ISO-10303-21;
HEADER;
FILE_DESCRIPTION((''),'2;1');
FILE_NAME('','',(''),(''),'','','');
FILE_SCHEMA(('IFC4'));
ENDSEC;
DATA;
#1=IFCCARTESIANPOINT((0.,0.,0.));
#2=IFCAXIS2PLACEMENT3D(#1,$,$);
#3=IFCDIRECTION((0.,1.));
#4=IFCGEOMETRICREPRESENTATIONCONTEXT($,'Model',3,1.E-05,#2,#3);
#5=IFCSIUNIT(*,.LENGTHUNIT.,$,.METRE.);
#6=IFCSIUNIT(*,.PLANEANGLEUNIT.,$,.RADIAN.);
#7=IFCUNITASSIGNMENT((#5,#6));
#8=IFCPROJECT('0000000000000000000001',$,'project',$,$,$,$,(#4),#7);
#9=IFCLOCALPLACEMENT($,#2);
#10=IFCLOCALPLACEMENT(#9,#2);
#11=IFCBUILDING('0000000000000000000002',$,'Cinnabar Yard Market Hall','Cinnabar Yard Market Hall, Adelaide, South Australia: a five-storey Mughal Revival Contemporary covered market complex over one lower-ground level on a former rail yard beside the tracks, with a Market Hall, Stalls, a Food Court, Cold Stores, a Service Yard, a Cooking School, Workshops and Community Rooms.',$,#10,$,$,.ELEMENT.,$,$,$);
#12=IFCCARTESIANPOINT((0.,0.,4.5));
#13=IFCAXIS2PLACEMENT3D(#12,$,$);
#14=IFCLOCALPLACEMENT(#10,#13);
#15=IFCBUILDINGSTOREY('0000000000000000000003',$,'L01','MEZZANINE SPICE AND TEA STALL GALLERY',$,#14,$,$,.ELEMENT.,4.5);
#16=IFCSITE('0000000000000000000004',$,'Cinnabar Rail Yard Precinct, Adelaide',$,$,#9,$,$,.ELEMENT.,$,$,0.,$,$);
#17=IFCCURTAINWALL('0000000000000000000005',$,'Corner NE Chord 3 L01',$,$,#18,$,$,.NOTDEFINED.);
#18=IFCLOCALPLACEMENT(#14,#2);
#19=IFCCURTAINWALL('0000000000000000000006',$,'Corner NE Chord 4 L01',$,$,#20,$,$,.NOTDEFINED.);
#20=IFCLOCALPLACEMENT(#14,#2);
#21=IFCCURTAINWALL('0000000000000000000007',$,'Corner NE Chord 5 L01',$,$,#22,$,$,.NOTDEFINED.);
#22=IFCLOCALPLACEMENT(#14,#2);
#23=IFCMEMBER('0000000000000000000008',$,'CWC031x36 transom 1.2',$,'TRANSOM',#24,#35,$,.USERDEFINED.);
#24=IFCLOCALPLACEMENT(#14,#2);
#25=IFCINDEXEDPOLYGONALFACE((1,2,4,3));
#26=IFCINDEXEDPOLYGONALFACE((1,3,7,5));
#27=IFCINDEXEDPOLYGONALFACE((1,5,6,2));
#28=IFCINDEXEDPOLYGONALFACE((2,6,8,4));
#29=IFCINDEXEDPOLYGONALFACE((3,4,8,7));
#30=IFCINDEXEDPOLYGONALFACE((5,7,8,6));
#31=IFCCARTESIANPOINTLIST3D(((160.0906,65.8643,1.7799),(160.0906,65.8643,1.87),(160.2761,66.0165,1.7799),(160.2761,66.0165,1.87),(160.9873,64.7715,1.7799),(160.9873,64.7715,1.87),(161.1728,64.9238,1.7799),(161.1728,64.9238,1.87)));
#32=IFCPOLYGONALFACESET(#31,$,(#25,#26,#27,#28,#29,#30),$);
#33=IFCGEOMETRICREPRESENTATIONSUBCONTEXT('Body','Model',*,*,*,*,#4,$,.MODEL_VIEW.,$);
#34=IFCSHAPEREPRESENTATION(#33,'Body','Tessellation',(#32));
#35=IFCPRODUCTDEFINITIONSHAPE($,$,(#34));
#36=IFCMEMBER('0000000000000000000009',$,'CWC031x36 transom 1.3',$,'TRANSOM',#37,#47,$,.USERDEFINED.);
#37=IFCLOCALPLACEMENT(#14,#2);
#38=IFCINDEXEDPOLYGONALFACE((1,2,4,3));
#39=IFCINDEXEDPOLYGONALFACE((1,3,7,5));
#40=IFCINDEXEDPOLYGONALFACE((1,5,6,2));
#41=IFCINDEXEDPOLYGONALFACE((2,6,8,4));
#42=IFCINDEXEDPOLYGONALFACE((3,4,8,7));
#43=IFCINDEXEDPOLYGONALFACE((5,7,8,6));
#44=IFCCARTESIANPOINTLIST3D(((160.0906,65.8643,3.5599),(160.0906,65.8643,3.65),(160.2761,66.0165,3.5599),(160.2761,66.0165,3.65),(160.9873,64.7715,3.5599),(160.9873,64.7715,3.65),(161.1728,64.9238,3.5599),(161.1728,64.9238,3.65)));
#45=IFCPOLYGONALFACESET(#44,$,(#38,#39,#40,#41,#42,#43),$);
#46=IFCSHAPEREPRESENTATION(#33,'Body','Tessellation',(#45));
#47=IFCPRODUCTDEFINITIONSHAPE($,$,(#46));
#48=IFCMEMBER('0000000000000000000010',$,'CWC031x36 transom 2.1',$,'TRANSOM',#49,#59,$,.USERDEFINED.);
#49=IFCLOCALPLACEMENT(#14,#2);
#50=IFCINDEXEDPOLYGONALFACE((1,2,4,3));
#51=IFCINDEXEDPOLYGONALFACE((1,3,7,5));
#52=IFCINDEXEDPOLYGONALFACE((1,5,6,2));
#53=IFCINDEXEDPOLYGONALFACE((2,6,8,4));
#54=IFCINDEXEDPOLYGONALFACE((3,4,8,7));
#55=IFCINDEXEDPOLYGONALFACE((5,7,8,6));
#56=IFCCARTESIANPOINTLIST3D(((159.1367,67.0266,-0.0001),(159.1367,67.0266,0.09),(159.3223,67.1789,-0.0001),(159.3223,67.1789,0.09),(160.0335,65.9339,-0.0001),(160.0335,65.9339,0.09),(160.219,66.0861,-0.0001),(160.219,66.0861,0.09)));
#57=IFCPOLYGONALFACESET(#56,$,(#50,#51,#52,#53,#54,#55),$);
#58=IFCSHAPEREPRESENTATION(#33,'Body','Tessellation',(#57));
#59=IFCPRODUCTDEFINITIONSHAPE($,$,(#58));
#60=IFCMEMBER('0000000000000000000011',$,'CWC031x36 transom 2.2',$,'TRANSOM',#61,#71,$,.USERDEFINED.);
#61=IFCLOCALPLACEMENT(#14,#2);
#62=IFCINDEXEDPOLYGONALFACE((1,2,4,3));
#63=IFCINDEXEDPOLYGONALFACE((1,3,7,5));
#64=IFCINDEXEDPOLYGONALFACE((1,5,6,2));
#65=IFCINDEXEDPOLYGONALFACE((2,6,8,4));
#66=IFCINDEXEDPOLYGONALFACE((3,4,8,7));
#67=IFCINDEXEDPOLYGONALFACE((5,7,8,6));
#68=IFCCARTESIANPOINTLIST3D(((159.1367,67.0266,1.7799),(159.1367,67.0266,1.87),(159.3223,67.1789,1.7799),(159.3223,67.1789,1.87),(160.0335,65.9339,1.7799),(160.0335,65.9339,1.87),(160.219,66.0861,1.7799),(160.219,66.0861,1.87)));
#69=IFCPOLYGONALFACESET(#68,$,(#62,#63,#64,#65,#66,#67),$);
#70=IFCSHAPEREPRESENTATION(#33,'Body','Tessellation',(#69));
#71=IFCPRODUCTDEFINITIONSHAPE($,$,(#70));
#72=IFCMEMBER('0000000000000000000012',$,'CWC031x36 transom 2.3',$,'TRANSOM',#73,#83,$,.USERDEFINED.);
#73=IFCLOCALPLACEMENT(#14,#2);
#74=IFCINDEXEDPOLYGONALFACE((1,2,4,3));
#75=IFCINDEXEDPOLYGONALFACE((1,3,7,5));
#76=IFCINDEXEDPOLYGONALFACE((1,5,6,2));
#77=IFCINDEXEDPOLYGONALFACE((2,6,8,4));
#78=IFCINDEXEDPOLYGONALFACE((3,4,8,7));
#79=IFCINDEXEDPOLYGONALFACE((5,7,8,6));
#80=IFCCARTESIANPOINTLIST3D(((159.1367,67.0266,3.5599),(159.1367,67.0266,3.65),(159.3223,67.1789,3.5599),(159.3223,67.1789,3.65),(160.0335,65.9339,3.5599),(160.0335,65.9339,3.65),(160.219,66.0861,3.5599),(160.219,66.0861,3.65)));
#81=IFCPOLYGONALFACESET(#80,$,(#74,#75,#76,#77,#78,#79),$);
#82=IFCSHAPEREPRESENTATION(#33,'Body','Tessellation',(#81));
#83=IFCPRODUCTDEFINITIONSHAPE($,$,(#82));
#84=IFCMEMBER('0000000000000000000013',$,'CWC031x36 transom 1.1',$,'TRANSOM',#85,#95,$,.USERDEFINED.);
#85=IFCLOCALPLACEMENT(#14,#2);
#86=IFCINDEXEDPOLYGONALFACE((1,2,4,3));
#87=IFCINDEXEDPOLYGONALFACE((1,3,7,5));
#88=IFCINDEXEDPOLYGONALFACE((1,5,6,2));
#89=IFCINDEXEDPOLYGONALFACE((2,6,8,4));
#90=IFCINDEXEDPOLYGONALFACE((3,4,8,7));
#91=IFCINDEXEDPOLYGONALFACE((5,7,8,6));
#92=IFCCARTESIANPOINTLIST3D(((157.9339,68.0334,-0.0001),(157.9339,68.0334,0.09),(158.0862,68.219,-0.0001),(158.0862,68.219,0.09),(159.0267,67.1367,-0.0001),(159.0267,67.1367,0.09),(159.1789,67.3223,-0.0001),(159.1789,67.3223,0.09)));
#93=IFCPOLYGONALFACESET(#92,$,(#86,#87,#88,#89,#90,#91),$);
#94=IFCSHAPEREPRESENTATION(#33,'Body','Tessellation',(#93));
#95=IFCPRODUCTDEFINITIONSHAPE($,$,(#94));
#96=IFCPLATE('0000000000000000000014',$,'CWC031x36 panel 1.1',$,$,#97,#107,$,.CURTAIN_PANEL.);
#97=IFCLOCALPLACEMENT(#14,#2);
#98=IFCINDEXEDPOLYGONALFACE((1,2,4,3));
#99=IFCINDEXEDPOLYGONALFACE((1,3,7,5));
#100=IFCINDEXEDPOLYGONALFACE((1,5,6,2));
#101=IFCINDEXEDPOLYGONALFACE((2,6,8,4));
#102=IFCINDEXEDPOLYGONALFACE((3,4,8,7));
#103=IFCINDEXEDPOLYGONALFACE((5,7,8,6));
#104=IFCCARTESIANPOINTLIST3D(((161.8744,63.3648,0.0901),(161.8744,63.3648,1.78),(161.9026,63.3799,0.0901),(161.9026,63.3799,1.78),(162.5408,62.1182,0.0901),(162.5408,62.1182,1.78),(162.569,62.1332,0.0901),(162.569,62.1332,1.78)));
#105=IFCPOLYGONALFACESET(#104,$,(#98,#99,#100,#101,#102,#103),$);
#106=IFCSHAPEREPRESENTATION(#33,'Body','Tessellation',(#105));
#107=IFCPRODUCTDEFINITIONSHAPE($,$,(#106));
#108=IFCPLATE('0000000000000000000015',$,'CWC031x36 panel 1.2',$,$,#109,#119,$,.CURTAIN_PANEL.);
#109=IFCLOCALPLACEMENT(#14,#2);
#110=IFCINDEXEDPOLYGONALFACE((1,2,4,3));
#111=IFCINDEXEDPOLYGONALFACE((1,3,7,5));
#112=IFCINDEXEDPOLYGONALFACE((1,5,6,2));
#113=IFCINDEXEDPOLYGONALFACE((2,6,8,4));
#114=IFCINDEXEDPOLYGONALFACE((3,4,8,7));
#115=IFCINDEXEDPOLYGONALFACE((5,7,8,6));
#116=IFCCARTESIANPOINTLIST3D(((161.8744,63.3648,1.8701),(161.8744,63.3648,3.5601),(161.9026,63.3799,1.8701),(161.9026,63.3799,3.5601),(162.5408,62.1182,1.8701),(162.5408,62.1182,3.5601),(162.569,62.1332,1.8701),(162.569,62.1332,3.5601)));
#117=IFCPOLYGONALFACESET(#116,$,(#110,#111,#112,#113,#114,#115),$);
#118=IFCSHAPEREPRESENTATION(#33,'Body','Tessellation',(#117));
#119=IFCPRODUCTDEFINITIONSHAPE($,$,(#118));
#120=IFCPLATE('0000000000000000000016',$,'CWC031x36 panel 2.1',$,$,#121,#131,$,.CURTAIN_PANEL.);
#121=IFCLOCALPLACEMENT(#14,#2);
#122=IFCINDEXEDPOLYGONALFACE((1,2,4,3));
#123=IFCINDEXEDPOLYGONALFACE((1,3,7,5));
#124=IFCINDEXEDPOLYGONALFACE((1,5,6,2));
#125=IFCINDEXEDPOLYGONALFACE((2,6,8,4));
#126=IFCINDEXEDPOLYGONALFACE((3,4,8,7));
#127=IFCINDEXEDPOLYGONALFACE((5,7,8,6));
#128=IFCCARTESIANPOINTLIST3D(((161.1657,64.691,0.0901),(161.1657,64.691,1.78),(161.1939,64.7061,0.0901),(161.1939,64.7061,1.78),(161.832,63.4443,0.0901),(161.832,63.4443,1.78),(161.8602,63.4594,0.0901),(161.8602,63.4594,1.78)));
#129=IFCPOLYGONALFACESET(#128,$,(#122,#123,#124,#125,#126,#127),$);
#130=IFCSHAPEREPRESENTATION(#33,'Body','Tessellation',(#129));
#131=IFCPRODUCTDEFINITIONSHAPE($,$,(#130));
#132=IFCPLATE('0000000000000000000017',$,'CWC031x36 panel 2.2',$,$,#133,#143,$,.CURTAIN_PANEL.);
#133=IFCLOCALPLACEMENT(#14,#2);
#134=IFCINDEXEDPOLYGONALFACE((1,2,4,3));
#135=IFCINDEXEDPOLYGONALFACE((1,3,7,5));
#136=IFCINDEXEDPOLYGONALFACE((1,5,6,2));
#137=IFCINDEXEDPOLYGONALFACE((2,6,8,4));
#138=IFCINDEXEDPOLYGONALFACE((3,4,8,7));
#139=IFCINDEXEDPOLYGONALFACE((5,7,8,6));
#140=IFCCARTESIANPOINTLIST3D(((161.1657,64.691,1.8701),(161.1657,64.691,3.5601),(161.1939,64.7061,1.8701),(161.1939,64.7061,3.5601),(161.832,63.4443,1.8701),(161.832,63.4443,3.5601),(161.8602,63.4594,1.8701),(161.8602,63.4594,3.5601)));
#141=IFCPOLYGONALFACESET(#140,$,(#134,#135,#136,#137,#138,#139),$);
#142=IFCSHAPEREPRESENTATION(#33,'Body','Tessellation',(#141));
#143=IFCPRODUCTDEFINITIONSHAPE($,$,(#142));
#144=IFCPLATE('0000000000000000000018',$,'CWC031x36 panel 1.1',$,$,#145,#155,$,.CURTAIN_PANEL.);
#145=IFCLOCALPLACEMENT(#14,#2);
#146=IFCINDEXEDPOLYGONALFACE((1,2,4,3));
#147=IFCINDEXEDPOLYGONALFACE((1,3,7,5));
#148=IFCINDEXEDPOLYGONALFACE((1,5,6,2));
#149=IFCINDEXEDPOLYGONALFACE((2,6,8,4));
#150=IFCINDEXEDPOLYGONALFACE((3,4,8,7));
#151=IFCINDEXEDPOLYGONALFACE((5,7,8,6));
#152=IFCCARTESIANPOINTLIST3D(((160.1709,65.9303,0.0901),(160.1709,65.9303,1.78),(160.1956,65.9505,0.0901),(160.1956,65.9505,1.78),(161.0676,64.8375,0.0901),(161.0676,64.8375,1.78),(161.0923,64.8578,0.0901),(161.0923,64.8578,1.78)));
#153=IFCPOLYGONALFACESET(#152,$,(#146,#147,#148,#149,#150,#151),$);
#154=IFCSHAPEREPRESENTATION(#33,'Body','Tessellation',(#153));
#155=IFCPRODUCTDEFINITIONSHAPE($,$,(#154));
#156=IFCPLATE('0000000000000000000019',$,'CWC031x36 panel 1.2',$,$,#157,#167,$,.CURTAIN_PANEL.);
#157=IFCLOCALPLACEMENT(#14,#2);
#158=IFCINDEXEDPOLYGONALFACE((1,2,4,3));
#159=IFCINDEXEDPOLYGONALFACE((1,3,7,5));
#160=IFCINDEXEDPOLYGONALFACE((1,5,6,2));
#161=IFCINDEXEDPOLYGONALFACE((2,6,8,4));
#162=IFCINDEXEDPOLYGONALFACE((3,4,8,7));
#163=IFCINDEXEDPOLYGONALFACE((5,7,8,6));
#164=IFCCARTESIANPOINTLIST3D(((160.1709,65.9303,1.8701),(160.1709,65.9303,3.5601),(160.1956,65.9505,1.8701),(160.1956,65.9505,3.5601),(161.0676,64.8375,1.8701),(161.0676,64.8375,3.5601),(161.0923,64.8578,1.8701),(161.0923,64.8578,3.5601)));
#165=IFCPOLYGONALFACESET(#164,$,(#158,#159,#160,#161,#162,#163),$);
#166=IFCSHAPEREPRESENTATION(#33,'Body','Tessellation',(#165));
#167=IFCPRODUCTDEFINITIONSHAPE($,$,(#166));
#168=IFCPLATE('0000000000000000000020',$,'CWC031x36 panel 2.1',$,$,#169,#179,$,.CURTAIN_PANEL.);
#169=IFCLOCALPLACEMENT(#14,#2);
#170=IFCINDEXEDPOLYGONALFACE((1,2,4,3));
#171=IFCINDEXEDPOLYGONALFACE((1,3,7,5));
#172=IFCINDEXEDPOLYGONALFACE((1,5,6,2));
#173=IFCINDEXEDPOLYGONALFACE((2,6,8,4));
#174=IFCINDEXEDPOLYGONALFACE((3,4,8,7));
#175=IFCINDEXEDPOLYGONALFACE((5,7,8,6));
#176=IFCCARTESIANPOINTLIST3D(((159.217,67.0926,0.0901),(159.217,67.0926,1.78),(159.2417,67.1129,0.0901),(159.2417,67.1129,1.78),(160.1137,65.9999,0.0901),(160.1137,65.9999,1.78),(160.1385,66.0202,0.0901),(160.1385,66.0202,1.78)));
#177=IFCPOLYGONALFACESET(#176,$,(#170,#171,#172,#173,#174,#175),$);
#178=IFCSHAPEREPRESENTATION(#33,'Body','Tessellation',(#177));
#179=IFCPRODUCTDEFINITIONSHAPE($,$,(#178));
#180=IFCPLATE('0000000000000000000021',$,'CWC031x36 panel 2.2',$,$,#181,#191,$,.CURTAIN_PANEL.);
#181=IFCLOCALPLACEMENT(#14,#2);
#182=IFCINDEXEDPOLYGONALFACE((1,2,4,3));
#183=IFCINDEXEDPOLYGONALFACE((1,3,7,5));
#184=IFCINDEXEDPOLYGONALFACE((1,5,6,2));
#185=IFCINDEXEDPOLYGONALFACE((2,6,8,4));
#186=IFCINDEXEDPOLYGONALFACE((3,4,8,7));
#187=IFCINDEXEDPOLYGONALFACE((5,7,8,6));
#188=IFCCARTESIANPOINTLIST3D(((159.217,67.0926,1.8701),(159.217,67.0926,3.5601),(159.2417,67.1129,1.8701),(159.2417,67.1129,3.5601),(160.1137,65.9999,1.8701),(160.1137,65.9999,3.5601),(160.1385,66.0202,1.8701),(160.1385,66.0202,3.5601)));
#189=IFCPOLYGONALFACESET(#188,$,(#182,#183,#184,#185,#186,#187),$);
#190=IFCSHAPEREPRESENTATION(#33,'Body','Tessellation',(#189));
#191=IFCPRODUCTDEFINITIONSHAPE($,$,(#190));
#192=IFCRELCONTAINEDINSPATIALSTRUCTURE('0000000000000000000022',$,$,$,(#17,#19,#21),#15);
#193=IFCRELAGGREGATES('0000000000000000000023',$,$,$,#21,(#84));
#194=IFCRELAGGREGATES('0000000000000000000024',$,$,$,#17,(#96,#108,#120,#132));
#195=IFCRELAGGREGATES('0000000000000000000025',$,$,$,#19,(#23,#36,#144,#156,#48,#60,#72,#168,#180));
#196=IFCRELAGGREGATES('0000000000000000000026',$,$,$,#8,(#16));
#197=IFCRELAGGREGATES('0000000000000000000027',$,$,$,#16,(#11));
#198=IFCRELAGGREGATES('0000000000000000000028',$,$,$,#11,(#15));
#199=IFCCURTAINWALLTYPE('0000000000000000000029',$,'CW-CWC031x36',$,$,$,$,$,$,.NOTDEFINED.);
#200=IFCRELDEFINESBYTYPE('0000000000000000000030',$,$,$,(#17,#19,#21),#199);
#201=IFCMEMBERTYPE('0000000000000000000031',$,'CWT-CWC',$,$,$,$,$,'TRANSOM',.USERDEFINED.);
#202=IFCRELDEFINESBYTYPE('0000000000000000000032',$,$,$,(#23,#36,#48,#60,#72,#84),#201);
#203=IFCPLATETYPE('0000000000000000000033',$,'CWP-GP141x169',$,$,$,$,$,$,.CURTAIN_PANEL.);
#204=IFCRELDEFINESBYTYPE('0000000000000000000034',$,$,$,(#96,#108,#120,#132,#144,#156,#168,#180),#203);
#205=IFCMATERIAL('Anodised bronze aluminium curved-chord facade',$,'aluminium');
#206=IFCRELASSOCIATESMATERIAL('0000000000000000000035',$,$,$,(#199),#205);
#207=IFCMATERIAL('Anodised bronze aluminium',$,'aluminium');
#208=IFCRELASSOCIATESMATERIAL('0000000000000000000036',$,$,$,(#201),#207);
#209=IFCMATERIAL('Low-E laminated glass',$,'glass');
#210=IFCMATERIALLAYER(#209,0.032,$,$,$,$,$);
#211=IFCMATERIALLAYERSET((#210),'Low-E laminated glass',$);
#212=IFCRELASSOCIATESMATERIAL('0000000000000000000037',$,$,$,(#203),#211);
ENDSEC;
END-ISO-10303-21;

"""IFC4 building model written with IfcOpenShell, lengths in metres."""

from ifc_helpers import new_model, si_unit, direction, frame, origin, origin_2d_with_axis, place, context, subcontext, project, spatial, rectangle, extrude, material, layer, layer_set, material_profile, profile_set, type_object, element, aggregate, save


model = new_model("IFC4")

# Units and contexts
model_context = context("Model", 3, precision=1e-05, world=origin(), true_north=direction((0.0, 1.0)))
body_context = subcontext(model_context, "Body", "Model", "MODEL_VIEW")
ifc_project = project(units=[si_unit("LENGTHUNIT", "METRE"), si_unit("PLANEANGLEUNIT", "RADIAN")], contexts=[model_context])

# Site, building, storey
site_placement = place(None, origin())
site = spatial("IfcSite", under=ifc_project, at=site_placement, Name="Cinnabar Rail Yard Precinct, Adelaide", CompositionType="ELEMENT", RefElevation=0.0)
building_placement = place(site_placement, origin())
building = spatial("IfcBuilding", under=site, at=building_placement, Name="Cinnabar Yard Market Hall", Description="Cinnabar Yard Market Hall, Adelaide, South Australia: a five-storey Mughal Revival Contemporary covered market complex over one lower-ground level on a former rail yard beside the tracks, with a Market Hall, Stalls, a Food Court, Cold Stores, a Service Yard, a Cooking School, Workshops and Community Rooms.", CompositionType="ELEMENT")
storey_placement = place(building_placement, frame((0.0, 0.0, 4.5)))
storey = spatial("IfcBuildingStorey", under=building, at=storey_placement, Name="L01", Description="MEZZANINE SPICE AND TEA STALL GALLERY", CompositionType="ELEMENT", Elevation=4.5)

# Curtain walls
ifc_material_1 = material(Name="Anodised bronze aluminium curved-chord facade", Category="aluminium")
curtain_wall_type = type_object("IfcCurtainWallType", Name="CW-CWC031x36", PredefinedType="NOTDEFINED", material=ifc_material_1)
curtain_wall_1_placement = place(storey_placement, origin())
curtain_wall_1 = element("IfcCurtainWall", 1, at=curtain_wall_1_placement, inside=storey, type_object=curtain_wall_type, Name="Corner NE Chord 3 L01", PredefinedType="NOTDEFINED")
ifc_material_2 = material(Name="Anodised bronze aluminium", Category="aluminium")
curtain_wall_2_placement = place(storey_placement, origin())
curtain_wall_2 = element("IfcCurtainWall", 2, at=curtain_wall_2_placement, inside=storey, type_object=curtain_wall_type, Name="Corner NE Chord 4 L01", PredefinedType="NOTDEFINED")

# Curtain wall
curtain_wall_3_placement = place(storey_placement, origin())
curtain_wall_3 = element("IfcCurtainWall", 3, at=curtain_wall_3_placement, inside=storey, type_object=curtain_wall_type, Name="Corner NE Chord 5 L01", PredefinedType="NOTDEFINED")

# Members
ifc_material_profile_1 = material_profile(ifc_material_2, rectangle(XDim=0.24, YDim=0.0901, at=origin_2d_with_axis()), Name="TRN-CWC")
ifc_profile_set_1 = profile_set([ifc_material_profile_1], Name="Anodised bronze aluminium")
member_type_1 = type_object("IfcMemberType", Name="CWT-CWC", ElementType="TRANSOM", PredefinedType="USERDEFINED", material=ifc_profile_set_1)
member_1_placement = place(storey_placement, frame((161.0801, 64.8477, 1.825), z_axis=(-0.634356, 0.773041, 0.0), x_axis=(-0.773041, -0.634356, 0.0)))
member_1 = element("IfcMember", 4, at=member_1_placement, type_object=member_type_1, Name="CWC031x36 transom 1.2", ObjectType="TRANSOM", PredefinedType="USERDEFINED", context=body_context, shape_type="SweptSolid", body=[
    extrude(rectangle(XDim=0.24, YDim=0.0901, at=origin_2d_with_axis()), origin(), (0.0, 0.0, 1.0), 1.4136),
])
member_2_placement = place(storey_placement, frame((161.0801, 64.8477, 3.605), z_axis=(-0.634356, 0.773041, 0.0), x_axis=(-0.773041, -0.634356, 0.0)))
member_2 = element("IfcMember", 5, at=member_2_placement, type_object=member_type_1, Name="CWC031x36 transom 1.3", ObjectType="TRANSOM", PredefinedType="USERDEFINED", context=body_context, shape_type="SweptSolid", body=[
    extrude(rectangle(XDim=0.24, YDim=0.0901, at=origin_2d_with_axis()), origin(), (0.0, 0.0, 1.0), 1.4136),
])
member_3_placement = place(storey_placement, frame((160.1262, 66.01, 0.0449), z_axis=(-0.634356, 0.773041, 0.0), x_axis=(-0.773041, -0.634356, 0.0)))
member_3 = element("IfcMember", 6, at=member_3_placement, type_object=member_type_1, Name="CWC031x36 transom 2.1", ObjectType="TRANSOM", PredefinedType="USERDEFINED", context=body_context, shape_type="SweptSolid", body=[
    extrude(rectangle(XDim=0.24, YDim=0.0901, at=origin_2d_with_axis()), origin(), (0.0, 0.0, 1.0), 1.4136),
])
member_4_placement = place(storey_placement, frame((160.1262, 66.01, 1.825), z_axis=(-0.634356, 0.773041, 0.0), x_axis=(-0.773041, -0.634356, 0.0)))
member_4 = element("IfcMember", 7, at=member_4_placement, type_object=member_type_1, Name="CWC031x36 transom 2.2", ObjectType="TRANSOM", PredefinedType="USERDEFINED", context=body_context, shape_type="SweptSolid", body=[
    extrude(rectangle(XDim=0.24, YDim=0.0901, at=origin_2d_with_axis()), origin(), (0.0, 0.0, 1.0), 1.4136),
])
member_5_placement = place(storey_placement, frame((160.1262, 66.01, 3.605), z_axis=(-0.634356, 0.773041, 0.0), x_axis=(-0.773041, -0.634356, 0.0)))
member_5 = element("IfcMember", 8, at=member_5_placement, type_object=member_type_1, Name="CWC031x36 transom 2.3", ObjectType="TRANSOM", PredefinedType="USERDEFINED", context=body_context, shape_type="SweptSolid", body=[
    extrude(rectangle(XDim=0.24, YDim=0.0901, at=origin_2d_with_axis()), origin(), (0.0, 0.0, 1.0), 1.4136),
])
member_6_placement = place(storey_placement, frame((159.1028, 67.2295, 0.0449), z_axis=(-0.773041, 0.634356, 0.0), x_axis=(-0.634356, -0.773041, 0.0)))
member_6 = element("IfcMember", 9, at=member_6_placement, type_object=member_type_1, Name="CWC031x36 transom 1.1", ObjectType="TRANSOM", PredefinedType="USERDEFINED", context=body_context, shape_type="SweptSolid", body=[
    extrude(rectangle(XDim=0.24, YDim=0.0901, at=origin_2d_with_axis()), origin(), (0.0, 0.0, 1.0), 1.4136),
])
aggregate(curtain_wall_3, [member_6])

# Plates
ifc_material_3 = material(Name="Low-E laminated glass", Category="glass")
ifc_layer_1 = layer(ifc_material_3, 0.032)
ifc_layer_set_1 = layer_set([ifc_layer_1], Name="Low-E laminated glass")
plate_type = type_object("IfcPlateType", Name="CWP-GP141x169", PredefinedType="CURTAIN_PANEL", material=ifc_layer_set_1)
plate_1_placement = place(storey_placement, frame((162.2217, 62.749, 0.0901), z_axis=(0.0, 0.0, 1.0), x_axis=(-0.471404, 0.881917, 0.0)))
plate_1 = element("IfcPlate", 10, at=plate_1_placement, type_object=plate_type, Name="CWC031x36 panel 1.1", PredefinedType="CURTAIN_PANEL", context=body_context, shape_type="SweptSolid", body=[
    extrude(rectangle(XDim=1.4136, YDim=0.032, at=origin_2d_with_axis()), origin(), (0.0, 0.0, 1.0), 1.6899),
])
plate_2_placement = place(storey_placement, frame((162.2217, 62.749, 1.8701), z_axis=(0.0, 0.0, 1.0), x_axis=(-0.471404, 0.881917, 0.0)))
plate_2 = element("IfcPlate", 11, at=plate_2_placement, type_object=plate_type, Name="CWC031x36 panel 1.2", PredefinedType="CURTAIN_PANEL", context=body_context, shape_type="SweptSolid", body=[
    extrude(rectangle(XDim=1.4136, YDim=0.032, at=origin_2d_with_axis()), origin(), (0.0, 0.0, 1.0), 1.6899),
])
plate_3_placement = place(storey_placement, frame((161.5129, 64.0752, 0.0901), z_axis=(0.0, 0.0, 1.0), x_axis=(-0.471404, 0.881917, 0.0)))
plate_3 = element("IfcPlate", 12, at=plate_3_placement, type_object=plate_type, Name="CWC031x36 panel 2.1", PredefinedType="CURTAIN_PANEL", context=body_context, shape_type="SweptSolid", body=[
    extrude(rectangle(XDim=1.4136, YDim=0.032, at=origin_2d_with_axis()), origin(), (0.0, 0.0, 1.0), 1.6899),
])
plate_4_placement = place(storey_placement, frame((161.5129, 64.0752, 1.8701), z_axis=(0.0, 0.0, 1.0), x_axis=(-0.471404, 0.881917, 0.0)))
plate_4 = element("IfcPlate", 13, at=plate_4_placement, type_object=plate_type, Name="CWC031x36 panel 2.2", PredefinedType="CURTAIN_PANEL", context=body_context, shape_type="SweptSolid", body=[
    extrude(rectangle(XDim=1.4136, YDim=0.032, at=origin_2d_with_axis()), origin(), (0.0, 0.0, 1.0), 1.6899),
])
aggregate(curtain_wall_1, [plate_1, plate_2, plate_3, plate_4])
plate_5_placement = place(storey_placement, frame((160.6316, 65.394, 0.0901), z_axis=(0.0, 0.0, 1.0), x_axis=(-0.634383, 0.773019, 0.0)))
plate_5 = element("IfcPlate", 14, at=plate_5_placement, type_object=plate_type, Name="CWC031x36 panel 1.1", PredefinedType="CURTAIN_PANEL", context=body_context, shape_type="SweptSolid", body=[
    extrude(rectangle(XDim=1.4136, YDim=0.032, at=origin_2d_with_axis()), origin(), (0.0, 0.0, 1.0), 1.6899),
])
plate_6_placement = place(storey_placement, frame((160.6316, 65.394, 1.8701), z_axis=(0.0, 0.0, 1.0), x_axis=(-0.634383, 0.773019, 0.0)))
plate_6 = element("IfcPlate", 15, at=plate_6_placement, type_object=plate_type, Name="CWC031x36 panel 1.2", PredefinedType="CURTAIN_PANEL", context=body_context, shape_type="SweptSolid", body=[
    extrude(rectangle(XDim=1.4136, YDim=0.032, at=origin_2d_with_axis()), origin(), (0.0, 0.0, 1.0), 1.6899),
])
plate_7_placement = place(storey_placement, frame((159.6777, 66.5564, 0.0901), z_axis=(0.0, 0.0, 1.0), x_axis=(-0.634383, 0.773019, 0.0)))
plate_7 = element("IfcPlate", 16, at=plate_7_placement, type_object=plate_type, Name="CWC031x36 panel 2.1", PredefinedType="CURTAIN_PANEL", context=body_context, shape_type="SweptSolid", body=[
    extrude(rectangle(XDim=1.4136, YDim=0.032, at=origin_2d_with_axis()), origin(), (0.0, 0.0, 1.0), 1.6899),
])
plate_8_placement = place(storey_placement, frame((159.6777, 66.5564, 1.8701), z_axis=(0.0, 0.0, 1.0), x_axis=(-0.634383, 0.773019, 0.0)))
plate_8 = element("IfcPlate", 17, at=plate_8_placement, type_object=plate_type, Name="CWC031x36 panel 2.2", PredefinedType="CURTAIN_PANEL", context=body_context, shape_type="SweptSolid", body=[
    extrude(rectangle(XDim=1.4136, YDim=0.032, at=origin_2d_with_axis()), origin(), (0.0, 0.0, 1.0), 1.6899),
])
aggregate(curtain_wall_2, [member_1, member_2, plate_5, plate_6, member_3, member_4, member_5, plate_7, plate_8])

save(model, "model.ifc")
